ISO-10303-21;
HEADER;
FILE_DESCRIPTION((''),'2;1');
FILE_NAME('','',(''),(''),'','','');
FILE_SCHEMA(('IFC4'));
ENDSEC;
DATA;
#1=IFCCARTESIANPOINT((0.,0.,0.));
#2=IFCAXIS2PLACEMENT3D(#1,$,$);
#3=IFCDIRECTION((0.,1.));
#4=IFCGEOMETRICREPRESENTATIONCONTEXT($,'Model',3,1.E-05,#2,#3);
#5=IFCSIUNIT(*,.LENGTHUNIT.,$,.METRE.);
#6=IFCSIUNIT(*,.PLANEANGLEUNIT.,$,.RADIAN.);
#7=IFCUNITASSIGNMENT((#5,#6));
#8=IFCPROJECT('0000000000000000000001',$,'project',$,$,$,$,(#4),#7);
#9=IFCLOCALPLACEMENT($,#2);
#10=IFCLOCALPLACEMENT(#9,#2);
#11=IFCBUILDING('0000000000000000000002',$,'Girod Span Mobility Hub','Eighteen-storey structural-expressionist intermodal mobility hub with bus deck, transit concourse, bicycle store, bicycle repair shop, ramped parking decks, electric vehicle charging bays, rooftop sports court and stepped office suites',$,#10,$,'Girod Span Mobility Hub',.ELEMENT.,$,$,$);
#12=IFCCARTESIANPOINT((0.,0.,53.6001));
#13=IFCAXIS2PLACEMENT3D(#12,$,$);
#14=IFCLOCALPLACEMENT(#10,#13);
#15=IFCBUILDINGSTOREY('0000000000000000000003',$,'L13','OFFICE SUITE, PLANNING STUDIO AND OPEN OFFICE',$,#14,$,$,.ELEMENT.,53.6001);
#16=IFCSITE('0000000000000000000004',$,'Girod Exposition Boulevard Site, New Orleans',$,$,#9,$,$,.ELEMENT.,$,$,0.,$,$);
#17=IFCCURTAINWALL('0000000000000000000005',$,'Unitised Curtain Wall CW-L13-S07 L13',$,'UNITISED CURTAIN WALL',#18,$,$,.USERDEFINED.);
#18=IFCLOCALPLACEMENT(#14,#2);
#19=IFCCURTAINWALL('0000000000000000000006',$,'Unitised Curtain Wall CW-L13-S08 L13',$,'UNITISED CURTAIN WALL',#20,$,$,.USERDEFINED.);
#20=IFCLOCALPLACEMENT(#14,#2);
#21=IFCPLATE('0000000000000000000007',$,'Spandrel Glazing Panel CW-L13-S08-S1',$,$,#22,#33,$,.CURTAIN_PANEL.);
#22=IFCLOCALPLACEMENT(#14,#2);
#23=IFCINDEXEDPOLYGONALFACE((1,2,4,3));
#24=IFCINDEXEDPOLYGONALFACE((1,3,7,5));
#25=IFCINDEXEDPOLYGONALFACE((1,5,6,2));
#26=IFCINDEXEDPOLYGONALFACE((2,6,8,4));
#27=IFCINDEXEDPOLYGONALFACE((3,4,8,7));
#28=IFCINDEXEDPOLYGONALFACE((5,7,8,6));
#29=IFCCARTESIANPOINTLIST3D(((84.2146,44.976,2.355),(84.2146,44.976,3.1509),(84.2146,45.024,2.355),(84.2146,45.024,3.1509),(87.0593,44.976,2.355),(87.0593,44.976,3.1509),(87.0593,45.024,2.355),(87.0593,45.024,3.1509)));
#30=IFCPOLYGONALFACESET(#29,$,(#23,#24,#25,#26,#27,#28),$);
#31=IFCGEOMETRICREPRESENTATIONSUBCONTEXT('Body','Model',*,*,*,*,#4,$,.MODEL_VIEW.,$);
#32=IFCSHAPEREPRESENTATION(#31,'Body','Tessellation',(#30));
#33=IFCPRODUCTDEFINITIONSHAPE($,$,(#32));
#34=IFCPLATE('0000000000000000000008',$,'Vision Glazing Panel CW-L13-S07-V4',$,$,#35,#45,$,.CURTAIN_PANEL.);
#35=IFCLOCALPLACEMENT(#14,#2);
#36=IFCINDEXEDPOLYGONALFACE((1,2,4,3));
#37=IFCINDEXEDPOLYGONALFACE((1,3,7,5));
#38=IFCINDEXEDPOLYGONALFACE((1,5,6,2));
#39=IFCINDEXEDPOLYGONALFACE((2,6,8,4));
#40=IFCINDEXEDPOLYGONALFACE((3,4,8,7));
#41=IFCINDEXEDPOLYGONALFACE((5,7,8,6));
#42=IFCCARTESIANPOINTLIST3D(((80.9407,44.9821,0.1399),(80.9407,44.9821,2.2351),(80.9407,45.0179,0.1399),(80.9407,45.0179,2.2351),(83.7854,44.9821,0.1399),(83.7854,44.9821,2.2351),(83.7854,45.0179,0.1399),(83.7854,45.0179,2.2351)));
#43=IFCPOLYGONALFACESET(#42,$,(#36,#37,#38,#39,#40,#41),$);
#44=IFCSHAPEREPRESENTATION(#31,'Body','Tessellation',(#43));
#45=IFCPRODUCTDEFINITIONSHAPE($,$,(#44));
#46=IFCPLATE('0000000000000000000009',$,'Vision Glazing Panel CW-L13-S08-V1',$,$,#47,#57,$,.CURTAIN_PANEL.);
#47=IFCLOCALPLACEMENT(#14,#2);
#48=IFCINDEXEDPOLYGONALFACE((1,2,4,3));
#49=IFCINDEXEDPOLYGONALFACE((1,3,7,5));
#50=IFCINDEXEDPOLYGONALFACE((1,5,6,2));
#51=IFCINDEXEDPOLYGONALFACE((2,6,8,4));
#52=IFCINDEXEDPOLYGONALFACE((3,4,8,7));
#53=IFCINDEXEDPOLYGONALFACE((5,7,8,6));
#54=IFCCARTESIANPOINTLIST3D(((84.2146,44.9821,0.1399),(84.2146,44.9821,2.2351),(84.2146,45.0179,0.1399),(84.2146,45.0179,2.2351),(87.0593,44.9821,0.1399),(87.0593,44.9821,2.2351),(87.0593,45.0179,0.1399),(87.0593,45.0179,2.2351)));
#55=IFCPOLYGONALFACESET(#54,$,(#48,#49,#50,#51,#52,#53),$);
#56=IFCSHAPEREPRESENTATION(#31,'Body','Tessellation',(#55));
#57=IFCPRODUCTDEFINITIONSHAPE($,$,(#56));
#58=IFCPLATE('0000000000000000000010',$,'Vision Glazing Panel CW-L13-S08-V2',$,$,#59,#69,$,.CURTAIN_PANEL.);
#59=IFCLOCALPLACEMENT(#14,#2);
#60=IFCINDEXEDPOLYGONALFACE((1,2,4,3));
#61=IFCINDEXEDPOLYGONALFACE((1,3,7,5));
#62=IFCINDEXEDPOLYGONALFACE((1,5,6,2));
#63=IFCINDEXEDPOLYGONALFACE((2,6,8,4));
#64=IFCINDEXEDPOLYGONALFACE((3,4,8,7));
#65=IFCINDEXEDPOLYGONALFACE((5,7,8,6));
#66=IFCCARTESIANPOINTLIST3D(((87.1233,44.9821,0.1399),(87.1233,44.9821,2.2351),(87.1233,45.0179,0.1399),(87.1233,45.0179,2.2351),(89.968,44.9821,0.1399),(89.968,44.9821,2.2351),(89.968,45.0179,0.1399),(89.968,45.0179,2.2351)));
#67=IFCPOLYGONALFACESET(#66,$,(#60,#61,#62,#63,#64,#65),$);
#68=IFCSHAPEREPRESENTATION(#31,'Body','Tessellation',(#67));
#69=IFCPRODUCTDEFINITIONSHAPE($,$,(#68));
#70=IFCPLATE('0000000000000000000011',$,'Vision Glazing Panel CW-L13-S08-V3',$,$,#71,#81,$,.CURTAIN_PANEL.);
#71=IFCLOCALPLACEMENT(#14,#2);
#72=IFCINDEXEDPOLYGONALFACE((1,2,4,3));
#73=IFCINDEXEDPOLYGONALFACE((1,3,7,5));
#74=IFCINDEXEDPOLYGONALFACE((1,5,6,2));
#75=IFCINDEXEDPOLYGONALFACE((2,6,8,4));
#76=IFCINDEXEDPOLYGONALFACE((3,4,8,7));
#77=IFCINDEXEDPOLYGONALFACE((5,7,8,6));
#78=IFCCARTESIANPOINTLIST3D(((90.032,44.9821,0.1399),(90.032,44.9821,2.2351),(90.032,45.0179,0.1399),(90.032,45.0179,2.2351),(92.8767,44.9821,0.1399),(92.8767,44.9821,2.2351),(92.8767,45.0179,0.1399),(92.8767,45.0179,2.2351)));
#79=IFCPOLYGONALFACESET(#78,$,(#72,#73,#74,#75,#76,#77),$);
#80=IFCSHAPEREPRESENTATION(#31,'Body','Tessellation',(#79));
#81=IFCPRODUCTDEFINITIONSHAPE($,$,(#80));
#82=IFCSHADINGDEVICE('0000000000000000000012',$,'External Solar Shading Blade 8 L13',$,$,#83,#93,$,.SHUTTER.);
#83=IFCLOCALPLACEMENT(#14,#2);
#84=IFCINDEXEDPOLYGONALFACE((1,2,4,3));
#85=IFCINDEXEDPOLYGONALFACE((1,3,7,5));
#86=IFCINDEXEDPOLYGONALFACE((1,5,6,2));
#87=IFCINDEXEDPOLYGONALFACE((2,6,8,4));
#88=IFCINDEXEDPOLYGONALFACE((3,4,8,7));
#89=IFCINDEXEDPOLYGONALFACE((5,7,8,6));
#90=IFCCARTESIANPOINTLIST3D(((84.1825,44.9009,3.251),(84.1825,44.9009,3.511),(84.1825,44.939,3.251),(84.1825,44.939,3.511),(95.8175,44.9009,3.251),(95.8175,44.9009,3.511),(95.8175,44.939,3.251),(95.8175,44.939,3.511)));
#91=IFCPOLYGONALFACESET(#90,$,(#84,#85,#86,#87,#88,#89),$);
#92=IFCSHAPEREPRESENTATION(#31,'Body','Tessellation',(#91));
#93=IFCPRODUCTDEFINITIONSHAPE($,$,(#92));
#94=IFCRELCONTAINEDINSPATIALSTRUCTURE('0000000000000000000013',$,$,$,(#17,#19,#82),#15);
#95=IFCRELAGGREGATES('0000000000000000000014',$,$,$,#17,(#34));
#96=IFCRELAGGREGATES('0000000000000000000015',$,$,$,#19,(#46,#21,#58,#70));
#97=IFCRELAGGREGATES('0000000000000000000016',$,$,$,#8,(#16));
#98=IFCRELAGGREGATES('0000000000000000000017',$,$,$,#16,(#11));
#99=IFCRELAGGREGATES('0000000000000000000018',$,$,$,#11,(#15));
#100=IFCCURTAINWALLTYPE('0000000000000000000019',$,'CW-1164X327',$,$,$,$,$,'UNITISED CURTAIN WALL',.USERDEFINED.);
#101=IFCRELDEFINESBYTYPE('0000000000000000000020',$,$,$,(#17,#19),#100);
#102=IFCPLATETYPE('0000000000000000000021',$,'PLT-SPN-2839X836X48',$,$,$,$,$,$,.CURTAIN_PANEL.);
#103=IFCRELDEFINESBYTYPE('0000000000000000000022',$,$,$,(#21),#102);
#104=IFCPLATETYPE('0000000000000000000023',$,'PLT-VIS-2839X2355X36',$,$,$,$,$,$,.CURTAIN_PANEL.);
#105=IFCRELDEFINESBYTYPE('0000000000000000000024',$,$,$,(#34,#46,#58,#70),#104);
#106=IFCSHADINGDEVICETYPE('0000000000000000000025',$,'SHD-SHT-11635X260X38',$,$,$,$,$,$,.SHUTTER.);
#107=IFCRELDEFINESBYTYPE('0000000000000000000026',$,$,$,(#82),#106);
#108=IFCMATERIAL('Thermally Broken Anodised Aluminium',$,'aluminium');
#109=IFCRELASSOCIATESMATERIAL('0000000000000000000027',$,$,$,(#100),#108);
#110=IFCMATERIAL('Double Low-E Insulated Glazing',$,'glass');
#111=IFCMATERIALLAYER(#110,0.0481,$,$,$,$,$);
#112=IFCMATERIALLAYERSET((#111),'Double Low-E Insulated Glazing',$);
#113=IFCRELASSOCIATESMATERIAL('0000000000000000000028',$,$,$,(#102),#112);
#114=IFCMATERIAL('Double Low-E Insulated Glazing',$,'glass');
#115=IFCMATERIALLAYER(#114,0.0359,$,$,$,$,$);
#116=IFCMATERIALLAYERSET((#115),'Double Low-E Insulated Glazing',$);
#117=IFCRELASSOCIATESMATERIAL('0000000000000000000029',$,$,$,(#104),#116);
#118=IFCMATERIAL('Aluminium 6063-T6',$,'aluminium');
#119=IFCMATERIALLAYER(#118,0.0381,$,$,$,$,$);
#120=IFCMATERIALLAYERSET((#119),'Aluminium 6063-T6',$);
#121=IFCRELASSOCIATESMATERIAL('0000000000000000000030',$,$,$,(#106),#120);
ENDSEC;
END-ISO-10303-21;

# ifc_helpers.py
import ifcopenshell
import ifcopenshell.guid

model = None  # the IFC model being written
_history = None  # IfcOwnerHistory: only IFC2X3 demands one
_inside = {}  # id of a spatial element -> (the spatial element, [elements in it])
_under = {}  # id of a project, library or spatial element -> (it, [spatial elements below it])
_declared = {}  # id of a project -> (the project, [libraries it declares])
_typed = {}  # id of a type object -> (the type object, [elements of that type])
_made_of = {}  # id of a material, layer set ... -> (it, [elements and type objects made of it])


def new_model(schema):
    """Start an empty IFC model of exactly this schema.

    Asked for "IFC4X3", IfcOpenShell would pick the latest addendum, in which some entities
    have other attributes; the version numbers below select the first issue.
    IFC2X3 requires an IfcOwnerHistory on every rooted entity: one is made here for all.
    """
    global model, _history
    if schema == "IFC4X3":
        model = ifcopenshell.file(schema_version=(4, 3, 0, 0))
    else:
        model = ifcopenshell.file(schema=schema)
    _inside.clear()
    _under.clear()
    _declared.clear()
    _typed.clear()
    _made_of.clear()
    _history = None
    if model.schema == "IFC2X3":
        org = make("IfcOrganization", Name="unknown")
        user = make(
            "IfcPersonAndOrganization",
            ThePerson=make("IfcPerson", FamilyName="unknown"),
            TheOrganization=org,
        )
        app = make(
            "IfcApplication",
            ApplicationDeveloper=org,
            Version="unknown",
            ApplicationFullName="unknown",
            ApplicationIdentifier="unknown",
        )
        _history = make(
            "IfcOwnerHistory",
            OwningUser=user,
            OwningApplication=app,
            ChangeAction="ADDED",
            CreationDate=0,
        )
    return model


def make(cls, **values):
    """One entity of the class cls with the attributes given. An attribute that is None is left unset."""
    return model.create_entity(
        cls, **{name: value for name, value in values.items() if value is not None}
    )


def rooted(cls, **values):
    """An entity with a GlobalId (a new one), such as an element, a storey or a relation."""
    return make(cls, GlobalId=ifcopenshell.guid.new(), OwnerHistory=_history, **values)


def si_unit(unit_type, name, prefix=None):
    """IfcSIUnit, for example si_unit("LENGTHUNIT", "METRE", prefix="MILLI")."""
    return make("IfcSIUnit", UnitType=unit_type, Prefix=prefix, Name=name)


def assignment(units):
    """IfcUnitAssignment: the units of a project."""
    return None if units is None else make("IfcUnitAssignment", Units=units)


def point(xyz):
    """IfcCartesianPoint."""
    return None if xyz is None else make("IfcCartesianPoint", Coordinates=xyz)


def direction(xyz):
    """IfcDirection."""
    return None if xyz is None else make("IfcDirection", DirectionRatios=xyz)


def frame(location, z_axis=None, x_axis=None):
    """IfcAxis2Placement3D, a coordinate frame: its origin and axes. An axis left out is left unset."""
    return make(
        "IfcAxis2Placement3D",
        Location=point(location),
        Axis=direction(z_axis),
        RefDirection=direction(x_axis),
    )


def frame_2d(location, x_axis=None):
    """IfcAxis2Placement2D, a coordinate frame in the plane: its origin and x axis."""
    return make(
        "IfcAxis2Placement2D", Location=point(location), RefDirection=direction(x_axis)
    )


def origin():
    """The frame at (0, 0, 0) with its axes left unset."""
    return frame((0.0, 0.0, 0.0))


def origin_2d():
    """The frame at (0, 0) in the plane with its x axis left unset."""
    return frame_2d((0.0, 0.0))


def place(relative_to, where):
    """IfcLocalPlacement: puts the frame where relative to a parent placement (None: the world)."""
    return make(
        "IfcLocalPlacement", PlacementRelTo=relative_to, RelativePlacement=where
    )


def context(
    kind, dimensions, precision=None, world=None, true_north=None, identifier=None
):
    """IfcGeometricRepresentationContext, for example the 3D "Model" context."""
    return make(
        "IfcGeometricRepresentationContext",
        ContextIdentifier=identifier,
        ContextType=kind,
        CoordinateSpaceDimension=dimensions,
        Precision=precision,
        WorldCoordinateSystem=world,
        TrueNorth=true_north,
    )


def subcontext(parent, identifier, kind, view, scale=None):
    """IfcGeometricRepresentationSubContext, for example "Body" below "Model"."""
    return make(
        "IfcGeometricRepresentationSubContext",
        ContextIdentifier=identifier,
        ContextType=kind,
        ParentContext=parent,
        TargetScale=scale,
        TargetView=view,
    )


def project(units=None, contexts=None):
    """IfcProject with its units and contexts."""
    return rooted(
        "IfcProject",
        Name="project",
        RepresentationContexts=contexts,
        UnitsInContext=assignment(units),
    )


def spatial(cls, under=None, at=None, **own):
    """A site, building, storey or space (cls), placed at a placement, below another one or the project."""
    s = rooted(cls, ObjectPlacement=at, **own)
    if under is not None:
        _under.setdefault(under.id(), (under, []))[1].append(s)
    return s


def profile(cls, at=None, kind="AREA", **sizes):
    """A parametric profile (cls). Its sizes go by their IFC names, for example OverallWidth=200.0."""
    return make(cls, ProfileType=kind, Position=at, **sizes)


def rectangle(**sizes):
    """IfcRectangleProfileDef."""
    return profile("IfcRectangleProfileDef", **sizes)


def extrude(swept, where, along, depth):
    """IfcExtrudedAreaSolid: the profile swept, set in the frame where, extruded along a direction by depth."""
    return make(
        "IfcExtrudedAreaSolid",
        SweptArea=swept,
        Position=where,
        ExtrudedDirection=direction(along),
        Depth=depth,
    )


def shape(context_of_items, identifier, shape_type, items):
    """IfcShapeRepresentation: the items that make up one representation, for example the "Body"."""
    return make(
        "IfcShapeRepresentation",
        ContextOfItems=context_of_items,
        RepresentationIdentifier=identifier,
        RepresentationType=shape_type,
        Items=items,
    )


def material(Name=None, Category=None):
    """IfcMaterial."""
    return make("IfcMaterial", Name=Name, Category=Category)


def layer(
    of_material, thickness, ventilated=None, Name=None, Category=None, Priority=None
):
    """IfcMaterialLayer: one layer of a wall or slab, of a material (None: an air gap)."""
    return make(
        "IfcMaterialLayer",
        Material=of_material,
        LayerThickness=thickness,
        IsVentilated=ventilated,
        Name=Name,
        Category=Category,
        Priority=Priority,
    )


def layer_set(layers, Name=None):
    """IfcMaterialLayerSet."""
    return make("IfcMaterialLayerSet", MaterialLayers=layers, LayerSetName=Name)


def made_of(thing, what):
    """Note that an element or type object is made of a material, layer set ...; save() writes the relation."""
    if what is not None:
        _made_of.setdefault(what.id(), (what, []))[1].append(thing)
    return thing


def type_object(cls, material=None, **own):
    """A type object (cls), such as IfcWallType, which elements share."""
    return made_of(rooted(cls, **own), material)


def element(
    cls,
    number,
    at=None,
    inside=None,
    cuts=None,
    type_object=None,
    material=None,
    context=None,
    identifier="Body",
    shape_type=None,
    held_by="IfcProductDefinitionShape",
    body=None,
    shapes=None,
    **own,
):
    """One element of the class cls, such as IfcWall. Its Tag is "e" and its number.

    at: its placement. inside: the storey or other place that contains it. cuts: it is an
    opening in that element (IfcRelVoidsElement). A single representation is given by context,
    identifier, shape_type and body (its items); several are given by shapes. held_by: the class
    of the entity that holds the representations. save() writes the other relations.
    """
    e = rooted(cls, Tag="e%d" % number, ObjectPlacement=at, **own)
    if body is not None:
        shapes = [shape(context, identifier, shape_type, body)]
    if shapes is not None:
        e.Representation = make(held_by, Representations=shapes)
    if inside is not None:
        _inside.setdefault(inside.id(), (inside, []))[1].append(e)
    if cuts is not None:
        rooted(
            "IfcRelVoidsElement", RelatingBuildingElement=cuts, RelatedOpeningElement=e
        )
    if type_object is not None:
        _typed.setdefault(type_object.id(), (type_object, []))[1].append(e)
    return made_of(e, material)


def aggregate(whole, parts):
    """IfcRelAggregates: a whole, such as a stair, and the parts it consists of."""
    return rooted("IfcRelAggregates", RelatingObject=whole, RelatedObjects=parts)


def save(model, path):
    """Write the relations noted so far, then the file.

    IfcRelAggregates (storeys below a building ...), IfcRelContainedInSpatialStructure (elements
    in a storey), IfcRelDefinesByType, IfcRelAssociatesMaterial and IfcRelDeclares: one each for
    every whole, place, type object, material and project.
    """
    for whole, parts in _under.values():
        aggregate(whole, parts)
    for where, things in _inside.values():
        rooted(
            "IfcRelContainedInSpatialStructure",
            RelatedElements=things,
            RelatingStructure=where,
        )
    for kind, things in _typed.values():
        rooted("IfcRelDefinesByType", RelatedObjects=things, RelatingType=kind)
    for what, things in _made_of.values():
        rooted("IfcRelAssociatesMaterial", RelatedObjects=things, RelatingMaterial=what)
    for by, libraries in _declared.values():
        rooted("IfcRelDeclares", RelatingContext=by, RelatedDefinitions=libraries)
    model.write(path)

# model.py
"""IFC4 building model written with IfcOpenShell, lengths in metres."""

from ifc_helpers import new_model, si_unit, direction, frame, origin, origin_2d, place, context, subcontext, project, spatial, rectangle, extrude, material, layer, layer_set, type_object, element, aggregate, save


model = new_model("IFC4")

# Units and contexts
model_context = context("Model", 3, precision=1e-05, world=origin(), true_north=direction((0.0, 1.0)))
body_context = subcontext(model_context, "Body", "Model", "MODEL_VIEW")
ifc_project = project(units=[si_unit("LENGTHUNIT", "METRE"), si_unit("PLANEANGLEUNIT", "RADIAN")], contexts=[model_context])

# Site, building, storey
site_placement = place(None, origin())
site = spatial("IfcSite", under=ifc_project, at=site_placement, Name="Girod Exposition Boulevard Site, New Orleans", CompositionType="ELEMENT", RefElevation=0.0)
building_placement = place(site_placement, origin())
building = spatial("IfcBuilding", under=site, at=building_placement, Name="Girod Span Mobility Hub", Description="Eighteen-storey structural-expressionist intermodal mobility hub with bus deck, transit concourse, bicycle store, bicycle repair shop, ramped parking decks, electric vehicle charging bays, rooftop sports court and stepped office suites", LongName="Girod Span Mobility Hub", CompositionType="ELEMENT")
storey_placement = place(building_placement, frame((0.0, 0.0, 53.6001)))
storey = spatial("IfcBuildingStorey", under=building, at=storey_placement, Name="L13", Description="OFFICE SUITE, PLANNING STUDIO AND OPEN OFFICE", CompositionType="ELEMENT", Elevation=53.6001)

# Curtain walls
ifc_material_1 = material(Name="Thermally Broken Anodised Aluminium", Category="aluminium")
curtain_wall_type = type_object("IfcCurtainWallType", Name="CW-1164X327", ElementType="UNITISED CURTAIN WALL", PredefinedType="USERDEFINED", material=ifc_material_1)
curtain_wall_1_placement = place(storey_placement, origin())
curtain_wall_1 = element("IfcCurtainWall", 1, at=curtain_wall_1_placement, inside=storey, type_object=curtain_wall_type, Name="Unitised Curtain Wall CW-L13-S07 L13", ObjectType="UNITISED CURTAIN WALL", PredefinedType="USERDEFINED")
curtain_wall_2_placement = place(storey_placement, origin())
curtain_wall_2 = element("IfcCurtainWall", 2, at=curtain_wall_2_placement, inside=storey, type_object=curtain_wall_type, Name="Unitised Curtain Wall CW-L13-S08 L13", ObjectType="UNITISED CURTAIN WALL", PredefinedType="USERDEFINED")

# Plates
ifc_material_2 = material(Name="Double Low-E Insulated Glazing", Category="glass")
ifc_layer_1 = layer(ifc_material_2, 0.0481)
ifc_layer_set_1 = layer_set([ifc_layer_1], Name="Double Low-E Insulated Glazing")
plate_type_1 = type_object("IfcPlateType", Name="PLT-SPN-2839X836X48", PredefinedType="CURTAIN_PANEL", material=ifc_layer_set_1)
plate_1_placement = place(storey_placement, frame((85.637, 45.0, 2.355), z_axis=(0.0, 0.0, 1.0), x_axis=(1.0, 0.0, 0.0)))
plate_1 = element("IfcPlate", 3, at=plate_1_placement, type_object=plate_type_1, Name="Spandrel Glazing Panel CW-L13-S08-S1", PredefinedType="CURTAIN_PANEL", context=body_context, shape_type="SweptSolid", body=[
    extrude(rectangle(XDim=2.8447, YDim=0.0481, at=origin_2d()), origin(), (0.0, 0.0, 1.0), 0.7959),
])
ifc_material_3 = material(Name="Double Low-E Insulated Glazing", Category="glass")
ifc_layer_2 = layer(ifc_material_3, 0.0359)
ifc_layer_set_2 = layer_set([ifc_layer_2], Name="Double Low-E Insulated Glazing")
plate_type_2 = type_object("IfcPlateType", Name="PLT-VIS-2839X2355X36", PredefinedType="CURTAIN_PANEL", material=ifc_layer_set_2)
plate_2_placement = place(storey_placement, frame((82.363, 45.0, 0.1399), z_axis=(0.0, 0.0, 1.0), x_axis=(1.0, 0.0, 0.0)))
plate_2 = element("IfcPlate", 4, at=plate_2_placement, type_object=plate_type_2, Name="Vision Glazing Panel CW-L13-S07-V4", PredefinedType="CURTAIN_PANEL", context=body_context, shape_type="SweptSolid", body=[
    extrude(rectangle(XDim=2.8447, YDim=0.0359, at=origin_2d()), origin(), (0.0, 0.0, 1.0), 2.0952),
])
aggregate(curtain_wall_1, [plate_2])
plate_3_placement = place(storey_placement, frame((85.637, 45.0, 0.1399), z_axis=(0.0, 0.0, 1.0), x_axis=(1.0, 0.0, 0.0)))
plate_3 = element("IfcPlate", 5, at=plate_3_placement, type_object=plate_type_2, Name="Vision Glazing Panel CW-L13-S08-V1", PredefinedType="CURTAIN_PANEL", context=body_context, shape_type="SweptSolid", body=[
    extrude(rectangle(XDim=2.8447, YDim=0.0359, at=origin_2d()), origin(), (0.0, 0.0, 1.0), 2.0952),
])
plate_4_placement = place(storey_placement, frame((88.5457, 45.0, 0.1399), z_axis=(0.0, 0.0, 1.0), x_axis=(1.0, 0.0, 0.0)))
plate_4 = element("IfcPlate", 6, at=plate_4_placement, type_object=plate_type_2, Name="Vision Glazing Panel CW-L13-S08-V2", PredefinedType="CURTAIN_PANEL", context=body_context, shape_type="SweptSolid", body=[
    extrude(rectangle(XDim=2.8447, YDim=0.0359, at=origin_2d()), origin(), (0.0, 0.0, 1.0), 2.0952),
])
plate_5_placement = place(storey_placement, frame((91.4543, 45.0, 0.1399), z_axis=(0.0, 0.0, 1.0), x_axis=(1.0, 0.0, 0.0)))
plate_5 = element("IfcPlate", 7, at=plate_5_placement, type_object=plate_type_2, Name="Vision Glazing Panel CW-L13-S08-V3", PredefinedType="CURTAIN_PANEL", context=body_context, shape_type="SweptSolid", body=[
    extrude(rectangle(XDim=2.8447, YDim=0.0359, at=origin_2d()), origin(), (0.0, 0.0, 1.0), 2.0952),
])
aggregate(curtain_wall_2, [plate_3, plate_1, plate_4, plate_5])

# Shading device
ifc_material_4 = material(Name="Aluminium 6063-T6", Category="aluminium")
ifc_layer_3 = layer(ifc_material_4, 0.0381)
ifc_layer_set_3 = layer_set([ifc_layer_3], Name="Aluminium 6063-T6")
shading_device_type = type_object("IfcShadingDeviceType", Name="SHD-SHT-11635X260X38", PredefinedType="SHUTTER", material=ifc_layer_set_3)
shading_device_placement = place(storey_placement, frame((90.0, 44.9199, 3.251), z_axis=(0.0, 0.0, 1.0), x_axis=(1.0, 0.0, 0.0)))
element("IfcShadingDevice", 8, at=shading_device_placement, inside=storey, type_object=shading_device_type, Name="External Solar Shading Blade 8 L13", PredefinedType="SHUTTER", context=body_context, shape_type="SweptSolid", body=[
    extrude(rectangle(XDim=11.635, YDim=0.0381, at=origin_2d()), origin(), (0.0, 0.0, 1.0), 0.26),
])

save(model, "model.ifc")
